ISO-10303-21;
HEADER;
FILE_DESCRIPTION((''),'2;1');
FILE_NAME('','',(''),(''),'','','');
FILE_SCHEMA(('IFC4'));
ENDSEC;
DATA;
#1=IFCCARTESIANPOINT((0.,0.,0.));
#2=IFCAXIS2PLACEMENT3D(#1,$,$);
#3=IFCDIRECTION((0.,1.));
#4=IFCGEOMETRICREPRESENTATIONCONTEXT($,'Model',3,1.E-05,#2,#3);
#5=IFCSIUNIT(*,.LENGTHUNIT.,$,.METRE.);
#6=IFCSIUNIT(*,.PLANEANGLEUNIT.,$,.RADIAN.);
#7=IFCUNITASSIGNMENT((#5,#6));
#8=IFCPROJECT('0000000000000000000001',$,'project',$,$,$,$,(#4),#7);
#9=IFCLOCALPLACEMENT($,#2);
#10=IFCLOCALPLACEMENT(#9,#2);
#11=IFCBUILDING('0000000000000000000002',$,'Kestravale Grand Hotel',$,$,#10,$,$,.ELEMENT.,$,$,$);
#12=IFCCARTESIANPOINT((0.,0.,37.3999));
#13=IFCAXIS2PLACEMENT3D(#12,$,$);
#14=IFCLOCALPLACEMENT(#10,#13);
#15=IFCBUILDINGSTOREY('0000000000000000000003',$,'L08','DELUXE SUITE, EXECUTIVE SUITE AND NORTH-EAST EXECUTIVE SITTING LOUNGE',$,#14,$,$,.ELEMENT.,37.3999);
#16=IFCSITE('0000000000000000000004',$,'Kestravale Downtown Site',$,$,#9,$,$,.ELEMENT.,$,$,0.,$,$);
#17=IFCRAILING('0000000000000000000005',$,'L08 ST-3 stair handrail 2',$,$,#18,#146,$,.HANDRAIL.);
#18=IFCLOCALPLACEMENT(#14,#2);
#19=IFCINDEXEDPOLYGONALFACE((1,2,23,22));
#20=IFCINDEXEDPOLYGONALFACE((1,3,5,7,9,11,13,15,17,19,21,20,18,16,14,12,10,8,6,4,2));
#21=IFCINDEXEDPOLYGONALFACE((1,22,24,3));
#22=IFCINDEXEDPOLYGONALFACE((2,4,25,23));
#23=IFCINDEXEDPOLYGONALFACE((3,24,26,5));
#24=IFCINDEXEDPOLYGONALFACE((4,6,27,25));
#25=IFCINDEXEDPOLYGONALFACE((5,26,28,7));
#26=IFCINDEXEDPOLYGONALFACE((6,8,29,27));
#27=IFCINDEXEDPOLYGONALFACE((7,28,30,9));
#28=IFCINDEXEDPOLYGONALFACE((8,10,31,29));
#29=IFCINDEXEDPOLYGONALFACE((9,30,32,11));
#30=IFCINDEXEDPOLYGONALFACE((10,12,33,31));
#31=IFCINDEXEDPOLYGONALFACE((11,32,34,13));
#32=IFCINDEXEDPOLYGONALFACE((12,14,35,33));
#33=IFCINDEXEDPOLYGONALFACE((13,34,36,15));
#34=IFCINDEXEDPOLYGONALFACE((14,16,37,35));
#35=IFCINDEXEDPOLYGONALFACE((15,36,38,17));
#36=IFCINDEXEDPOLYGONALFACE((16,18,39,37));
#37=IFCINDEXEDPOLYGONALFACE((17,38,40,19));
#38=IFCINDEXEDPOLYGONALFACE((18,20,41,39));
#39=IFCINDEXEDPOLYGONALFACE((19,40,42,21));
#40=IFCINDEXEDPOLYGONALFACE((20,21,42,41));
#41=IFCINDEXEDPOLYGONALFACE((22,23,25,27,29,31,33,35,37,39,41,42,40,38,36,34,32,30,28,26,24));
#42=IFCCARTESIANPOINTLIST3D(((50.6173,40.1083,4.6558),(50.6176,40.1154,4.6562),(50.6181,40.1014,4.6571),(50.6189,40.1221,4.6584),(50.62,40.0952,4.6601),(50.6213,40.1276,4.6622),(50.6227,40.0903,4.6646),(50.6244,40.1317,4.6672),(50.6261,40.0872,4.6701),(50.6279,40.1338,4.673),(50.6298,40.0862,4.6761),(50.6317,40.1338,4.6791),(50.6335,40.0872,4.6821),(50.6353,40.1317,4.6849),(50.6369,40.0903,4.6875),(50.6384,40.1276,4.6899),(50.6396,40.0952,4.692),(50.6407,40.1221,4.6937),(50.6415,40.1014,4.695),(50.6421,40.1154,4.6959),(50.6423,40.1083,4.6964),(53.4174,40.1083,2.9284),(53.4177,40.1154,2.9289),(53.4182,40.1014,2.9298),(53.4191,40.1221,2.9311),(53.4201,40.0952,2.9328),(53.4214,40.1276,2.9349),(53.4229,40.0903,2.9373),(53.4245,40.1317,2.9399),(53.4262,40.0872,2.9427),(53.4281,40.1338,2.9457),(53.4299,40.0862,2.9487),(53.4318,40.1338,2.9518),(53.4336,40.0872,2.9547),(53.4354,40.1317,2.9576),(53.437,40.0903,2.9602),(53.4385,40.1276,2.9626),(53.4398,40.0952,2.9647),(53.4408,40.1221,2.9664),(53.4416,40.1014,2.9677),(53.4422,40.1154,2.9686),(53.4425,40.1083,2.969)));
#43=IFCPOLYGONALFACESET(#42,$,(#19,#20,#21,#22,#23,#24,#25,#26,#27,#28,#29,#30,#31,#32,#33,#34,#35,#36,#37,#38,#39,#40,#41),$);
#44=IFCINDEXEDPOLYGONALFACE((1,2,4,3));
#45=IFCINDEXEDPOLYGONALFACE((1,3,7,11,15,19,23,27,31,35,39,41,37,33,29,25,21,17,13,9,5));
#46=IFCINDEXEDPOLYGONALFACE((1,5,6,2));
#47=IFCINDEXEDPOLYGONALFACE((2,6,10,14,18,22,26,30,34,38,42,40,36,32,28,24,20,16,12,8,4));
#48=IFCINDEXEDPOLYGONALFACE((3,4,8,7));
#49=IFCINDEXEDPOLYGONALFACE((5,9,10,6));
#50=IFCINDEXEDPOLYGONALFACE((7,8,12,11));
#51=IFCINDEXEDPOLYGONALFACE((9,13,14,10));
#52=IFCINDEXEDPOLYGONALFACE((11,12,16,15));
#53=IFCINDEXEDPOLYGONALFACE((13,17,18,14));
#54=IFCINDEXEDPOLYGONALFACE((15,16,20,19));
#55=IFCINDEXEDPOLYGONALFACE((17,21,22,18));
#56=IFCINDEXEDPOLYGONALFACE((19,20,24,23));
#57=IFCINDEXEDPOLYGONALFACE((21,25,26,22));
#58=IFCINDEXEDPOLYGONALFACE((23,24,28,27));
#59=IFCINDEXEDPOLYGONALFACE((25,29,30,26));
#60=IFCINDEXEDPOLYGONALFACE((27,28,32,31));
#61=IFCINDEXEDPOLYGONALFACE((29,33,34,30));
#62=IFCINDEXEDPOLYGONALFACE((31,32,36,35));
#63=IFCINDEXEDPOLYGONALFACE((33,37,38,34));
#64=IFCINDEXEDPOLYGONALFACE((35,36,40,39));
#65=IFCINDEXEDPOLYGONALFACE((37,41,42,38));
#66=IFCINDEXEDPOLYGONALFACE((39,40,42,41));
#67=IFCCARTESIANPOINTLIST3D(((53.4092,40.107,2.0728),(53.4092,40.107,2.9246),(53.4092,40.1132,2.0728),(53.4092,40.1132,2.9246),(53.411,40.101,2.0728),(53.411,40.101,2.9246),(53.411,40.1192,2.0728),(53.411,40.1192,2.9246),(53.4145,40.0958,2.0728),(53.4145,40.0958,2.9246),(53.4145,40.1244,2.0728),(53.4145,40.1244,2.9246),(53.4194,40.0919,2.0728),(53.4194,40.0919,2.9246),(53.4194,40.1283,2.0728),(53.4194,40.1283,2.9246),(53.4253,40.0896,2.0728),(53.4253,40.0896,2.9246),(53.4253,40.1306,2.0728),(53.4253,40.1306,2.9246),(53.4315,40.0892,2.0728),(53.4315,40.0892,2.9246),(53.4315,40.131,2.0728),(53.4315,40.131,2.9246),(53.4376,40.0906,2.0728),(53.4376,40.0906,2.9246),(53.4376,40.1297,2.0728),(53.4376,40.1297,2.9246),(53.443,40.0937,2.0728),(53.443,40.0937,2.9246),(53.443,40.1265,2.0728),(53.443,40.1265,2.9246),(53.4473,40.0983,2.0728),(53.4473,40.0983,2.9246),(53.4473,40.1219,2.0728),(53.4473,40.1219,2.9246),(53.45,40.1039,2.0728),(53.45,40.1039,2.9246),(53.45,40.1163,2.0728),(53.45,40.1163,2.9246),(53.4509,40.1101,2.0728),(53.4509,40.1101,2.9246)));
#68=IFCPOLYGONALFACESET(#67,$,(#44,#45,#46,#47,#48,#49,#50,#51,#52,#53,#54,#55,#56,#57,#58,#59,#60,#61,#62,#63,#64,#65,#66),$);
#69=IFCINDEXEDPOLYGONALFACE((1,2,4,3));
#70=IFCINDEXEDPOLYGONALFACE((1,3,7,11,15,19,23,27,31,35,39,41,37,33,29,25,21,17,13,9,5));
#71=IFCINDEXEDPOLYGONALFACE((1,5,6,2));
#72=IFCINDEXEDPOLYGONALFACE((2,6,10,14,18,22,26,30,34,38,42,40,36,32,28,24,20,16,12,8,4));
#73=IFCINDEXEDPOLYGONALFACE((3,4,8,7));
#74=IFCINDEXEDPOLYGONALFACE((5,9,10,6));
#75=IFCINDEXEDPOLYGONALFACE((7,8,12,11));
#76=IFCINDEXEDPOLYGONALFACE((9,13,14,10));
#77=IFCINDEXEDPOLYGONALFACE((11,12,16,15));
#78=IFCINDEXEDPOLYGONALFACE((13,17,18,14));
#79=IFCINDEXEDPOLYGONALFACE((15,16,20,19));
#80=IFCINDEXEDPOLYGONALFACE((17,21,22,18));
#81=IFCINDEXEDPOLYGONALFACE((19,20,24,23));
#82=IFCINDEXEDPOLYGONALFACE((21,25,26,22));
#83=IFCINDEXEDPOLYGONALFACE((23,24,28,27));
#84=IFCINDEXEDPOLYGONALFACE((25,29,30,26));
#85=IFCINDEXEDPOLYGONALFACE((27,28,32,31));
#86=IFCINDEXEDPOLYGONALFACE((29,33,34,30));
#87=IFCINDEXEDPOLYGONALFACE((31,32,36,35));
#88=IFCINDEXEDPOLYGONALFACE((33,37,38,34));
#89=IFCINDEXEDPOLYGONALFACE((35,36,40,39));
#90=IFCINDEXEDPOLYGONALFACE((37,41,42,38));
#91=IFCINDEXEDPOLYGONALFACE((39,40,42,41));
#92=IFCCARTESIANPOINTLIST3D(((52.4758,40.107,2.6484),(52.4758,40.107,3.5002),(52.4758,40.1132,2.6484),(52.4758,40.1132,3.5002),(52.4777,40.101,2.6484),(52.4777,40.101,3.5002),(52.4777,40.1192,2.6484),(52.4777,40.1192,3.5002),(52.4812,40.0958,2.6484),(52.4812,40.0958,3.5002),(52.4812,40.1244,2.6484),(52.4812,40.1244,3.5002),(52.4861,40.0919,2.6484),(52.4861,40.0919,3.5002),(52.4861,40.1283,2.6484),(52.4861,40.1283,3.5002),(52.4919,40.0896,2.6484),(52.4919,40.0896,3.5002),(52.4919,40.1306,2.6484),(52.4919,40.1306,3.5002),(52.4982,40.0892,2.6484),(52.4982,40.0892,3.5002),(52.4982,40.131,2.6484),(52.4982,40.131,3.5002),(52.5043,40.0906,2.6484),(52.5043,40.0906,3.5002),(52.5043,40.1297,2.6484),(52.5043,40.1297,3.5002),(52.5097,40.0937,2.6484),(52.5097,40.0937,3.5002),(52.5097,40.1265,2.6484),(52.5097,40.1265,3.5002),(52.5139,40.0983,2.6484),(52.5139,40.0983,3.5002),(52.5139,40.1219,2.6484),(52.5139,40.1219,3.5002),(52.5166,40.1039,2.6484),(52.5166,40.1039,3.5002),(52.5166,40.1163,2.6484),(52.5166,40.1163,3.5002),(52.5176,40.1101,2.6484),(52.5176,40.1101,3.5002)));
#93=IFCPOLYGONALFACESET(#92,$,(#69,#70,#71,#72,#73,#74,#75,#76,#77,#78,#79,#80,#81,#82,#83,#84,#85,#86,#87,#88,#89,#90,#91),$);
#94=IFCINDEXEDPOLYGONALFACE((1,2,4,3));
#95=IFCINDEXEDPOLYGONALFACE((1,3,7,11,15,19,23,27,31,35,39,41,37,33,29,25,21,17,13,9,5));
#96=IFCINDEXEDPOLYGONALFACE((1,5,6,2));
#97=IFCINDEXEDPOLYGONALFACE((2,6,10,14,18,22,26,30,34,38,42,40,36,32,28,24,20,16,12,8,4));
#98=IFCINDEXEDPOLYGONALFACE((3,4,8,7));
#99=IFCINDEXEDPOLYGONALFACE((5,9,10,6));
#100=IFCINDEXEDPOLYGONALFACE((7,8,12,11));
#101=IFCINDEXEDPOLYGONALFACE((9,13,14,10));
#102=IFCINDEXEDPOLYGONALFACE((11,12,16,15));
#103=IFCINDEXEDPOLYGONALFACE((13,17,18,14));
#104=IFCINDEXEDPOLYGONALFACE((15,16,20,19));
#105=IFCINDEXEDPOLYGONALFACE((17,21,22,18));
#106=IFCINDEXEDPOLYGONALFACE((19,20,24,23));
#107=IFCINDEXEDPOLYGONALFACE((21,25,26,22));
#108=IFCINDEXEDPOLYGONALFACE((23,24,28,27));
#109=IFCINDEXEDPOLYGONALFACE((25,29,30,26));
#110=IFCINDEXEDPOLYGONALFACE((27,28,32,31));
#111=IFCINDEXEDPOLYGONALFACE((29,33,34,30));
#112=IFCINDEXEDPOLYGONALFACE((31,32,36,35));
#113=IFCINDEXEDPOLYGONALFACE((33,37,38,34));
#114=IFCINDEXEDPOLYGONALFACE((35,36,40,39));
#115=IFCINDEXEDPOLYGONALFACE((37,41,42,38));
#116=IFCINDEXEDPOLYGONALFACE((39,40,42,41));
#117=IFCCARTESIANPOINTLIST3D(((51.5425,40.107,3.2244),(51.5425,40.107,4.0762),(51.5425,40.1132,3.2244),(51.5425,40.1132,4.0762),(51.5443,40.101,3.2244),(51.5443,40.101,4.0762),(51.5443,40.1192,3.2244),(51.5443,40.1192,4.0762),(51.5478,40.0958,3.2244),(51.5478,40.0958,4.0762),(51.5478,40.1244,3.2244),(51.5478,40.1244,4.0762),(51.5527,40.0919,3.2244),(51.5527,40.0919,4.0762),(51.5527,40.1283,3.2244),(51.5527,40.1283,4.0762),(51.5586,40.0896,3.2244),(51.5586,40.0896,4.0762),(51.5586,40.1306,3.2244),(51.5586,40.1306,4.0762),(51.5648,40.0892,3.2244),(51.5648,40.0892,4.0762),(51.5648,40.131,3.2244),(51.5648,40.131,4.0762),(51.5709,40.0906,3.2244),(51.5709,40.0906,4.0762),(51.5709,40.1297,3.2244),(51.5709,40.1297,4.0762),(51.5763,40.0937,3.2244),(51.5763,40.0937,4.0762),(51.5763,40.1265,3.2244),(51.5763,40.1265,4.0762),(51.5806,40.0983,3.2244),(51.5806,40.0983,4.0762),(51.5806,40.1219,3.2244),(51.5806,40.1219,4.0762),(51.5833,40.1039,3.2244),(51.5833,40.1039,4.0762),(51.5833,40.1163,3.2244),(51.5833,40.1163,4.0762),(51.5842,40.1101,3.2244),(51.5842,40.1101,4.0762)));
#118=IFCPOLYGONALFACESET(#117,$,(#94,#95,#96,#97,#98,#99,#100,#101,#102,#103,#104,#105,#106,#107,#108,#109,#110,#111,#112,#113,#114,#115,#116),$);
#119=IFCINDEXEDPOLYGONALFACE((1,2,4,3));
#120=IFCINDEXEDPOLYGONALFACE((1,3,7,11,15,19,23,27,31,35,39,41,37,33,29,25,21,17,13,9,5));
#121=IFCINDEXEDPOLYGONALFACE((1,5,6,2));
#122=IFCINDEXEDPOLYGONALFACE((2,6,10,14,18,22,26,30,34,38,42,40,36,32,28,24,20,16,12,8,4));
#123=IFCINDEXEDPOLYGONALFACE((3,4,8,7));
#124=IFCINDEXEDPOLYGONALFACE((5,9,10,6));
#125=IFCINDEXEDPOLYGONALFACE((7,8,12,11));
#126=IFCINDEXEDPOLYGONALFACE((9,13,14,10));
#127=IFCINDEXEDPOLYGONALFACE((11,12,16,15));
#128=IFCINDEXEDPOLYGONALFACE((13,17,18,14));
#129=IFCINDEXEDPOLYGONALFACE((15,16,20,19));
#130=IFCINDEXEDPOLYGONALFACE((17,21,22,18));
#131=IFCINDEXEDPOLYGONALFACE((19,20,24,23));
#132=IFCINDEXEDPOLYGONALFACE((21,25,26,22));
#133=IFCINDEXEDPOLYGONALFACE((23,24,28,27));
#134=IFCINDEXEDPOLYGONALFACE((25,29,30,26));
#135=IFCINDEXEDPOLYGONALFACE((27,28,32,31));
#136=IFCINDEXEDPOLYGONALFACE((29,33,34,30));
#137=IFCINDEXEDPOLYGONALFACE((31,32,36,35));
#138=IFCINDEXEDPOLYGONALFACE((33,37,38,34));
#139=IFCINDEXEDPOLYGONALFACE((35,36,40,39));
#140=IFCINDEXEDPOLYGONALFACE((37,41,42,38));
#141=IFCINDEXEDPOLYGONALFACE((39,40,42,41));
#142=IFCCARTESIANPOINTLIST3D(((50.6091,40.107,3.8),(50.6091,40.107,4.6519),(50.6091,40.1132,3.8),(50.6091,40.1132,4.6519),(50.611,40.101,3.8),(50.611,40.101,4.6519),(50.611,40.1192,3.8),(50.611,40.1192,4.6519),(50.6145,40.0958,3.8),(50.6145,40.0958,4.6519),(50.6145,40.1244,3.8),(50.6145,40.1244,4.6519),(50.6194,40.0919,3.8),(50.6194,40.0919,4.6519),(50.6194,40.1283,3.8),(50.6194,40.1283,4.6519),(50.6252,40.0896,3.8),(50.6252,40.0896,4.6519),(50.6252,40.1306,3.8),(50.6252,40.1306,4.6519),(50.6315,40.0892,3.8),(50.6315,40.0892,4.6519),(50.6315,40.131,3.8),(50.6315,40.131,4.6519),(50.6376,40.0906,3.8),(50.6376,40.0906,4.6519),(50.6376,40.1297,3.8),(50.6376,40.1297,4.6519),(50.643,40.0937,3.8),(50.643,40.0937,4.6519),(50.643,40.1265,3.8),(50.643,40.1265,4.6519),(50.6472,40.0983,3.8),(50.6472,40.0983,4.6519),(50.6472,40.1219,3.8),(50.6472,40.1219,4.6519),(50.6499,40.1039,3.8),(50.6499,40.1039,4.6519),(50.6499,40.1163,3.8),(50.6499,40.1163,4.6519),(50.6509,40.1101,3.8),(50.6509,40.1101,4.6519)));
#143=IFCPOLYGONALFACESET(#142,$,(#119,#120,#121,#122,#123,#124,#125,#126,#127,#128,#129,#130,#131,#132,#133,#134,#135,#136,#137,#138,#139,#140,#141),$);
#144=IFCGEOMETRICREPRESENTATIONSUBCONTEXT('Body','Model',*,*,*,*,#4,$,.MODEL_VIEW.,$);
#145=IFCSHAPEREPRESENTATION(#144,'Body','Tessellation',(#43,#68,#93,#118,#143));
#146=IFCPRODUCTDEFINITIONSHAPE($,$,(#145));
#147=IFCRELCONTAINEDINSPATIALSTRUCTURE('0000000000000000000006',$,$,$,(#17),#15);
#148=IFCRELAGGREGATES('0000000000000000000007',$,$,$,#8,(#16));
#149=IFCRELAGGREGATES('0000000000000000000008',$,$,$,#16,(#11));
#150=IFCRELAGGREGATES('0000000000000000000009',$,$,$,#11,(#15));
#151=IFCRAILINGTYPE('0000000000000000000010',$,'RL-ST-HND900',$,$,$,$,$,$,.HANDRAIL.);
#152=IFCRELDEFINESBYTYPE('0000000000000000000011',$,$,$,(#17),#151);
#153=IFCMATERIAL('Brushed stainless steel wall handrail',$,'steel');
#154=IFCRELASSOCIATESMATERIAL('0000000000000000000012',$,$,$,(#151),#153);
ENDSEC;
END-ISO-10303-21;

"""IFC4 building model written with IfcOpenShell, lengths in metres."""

from ifc_helpers import new_model, si_unit, direction, frame, origin, origin_2d, place, context, subcontext, project, spatial, circle, extrude, material, type_object, element, save


model = new_model("IFC4")

# Units and contexts
model_context = context("Model", 3, precision=1e-05, world=origin(), true_north=direction((0.0, 1.0)))
body_context = subcontext(model_context, "Body", "Model", "MODEL_VIEW")
ifc_project = project(units=[si_unit("LENGTHUNIT", "METRE"), si_unit("PLANEANGLEUNIT", "RADIAN")], contexts=[model_context])

# Site, building, storey
site_placement = place(None, origin())
site = spatial("IfcSite", under=ifc_project, at=site_placement, Name="Kestravale Downtown Site", CompositionType="ELEMENT", RefElevation=0.0)
building_placement = place(site_placement, origin())
building = spatial("IfcBuilding", under=site, at=building_placement, Name="Kestravale Grand Hotel", CompositionType="ELEMENT")
storey_placement = place(building_placement, frame((0.0, 0.0, 37.3999)))
storey = spatial("IfcBuildingStorey", under=building, at=storey_placement, Name="L08", Description="DELUXE SUITE, EXECUTIVE SUITE AND NORTH-EAST EXECUTIVE SITTING LOUNGE", CompositionType="ELEMENT", Elevation=37.3999)

# Railing
ifc_material_1 = material(Name="Brushed stainless steel wall handrail", Category="steel")
railing_type_1 = type_object("IfcRailingType", Name="RL-ST-HND900", PredefinedType="HANDRAIL", material=ifc_material_1)
railing_1_placement = place(storey_placement, frame((53.4299, 40.1101, 2.0728)))
element("IfcRailing", 1, at=railing_1_placement, inside=storey, type_object=railing_type_1, Name="L08 ST-3 stair handrail 2", PredefinedType="HANDRAIL", context=body_context, shape_type="SweptSolid", body=[
    extrude(circle(Radius=0.0239, at=origin_2d()), frame((0.0, 0.0, 0.876), z_axis=(-0.85109, 0.0, 0.52502), x_axis=(0.0, -1.0, 0.0)), (0.0, 0.0, 1.0), 3.29),
    extrude(circle(Radius=0.021, at=origin_2d()), origin(), (0.0, 0.0, 1.0), 0.8518),
    extrude(circle(Radius=0.021, at=origin_2d()), frame((-0.9333, 0.0, 0.5757)), (0.0, 0.0, 1.0), 0.8518),
    extrude(circle(Radius=0.021, at=origin_2d()), frame((-1.8667, 0.0, 1.1516)), (0.0, 0.0, 1.0), 0.8518),
    extrude(circle(Radius=0.021, at=origin_2d()), frame((-2.8, 0.0, 1.7273)), (0.0, 0.0, 1.0), 0.8518),
])

save(model, "model.ifc")
